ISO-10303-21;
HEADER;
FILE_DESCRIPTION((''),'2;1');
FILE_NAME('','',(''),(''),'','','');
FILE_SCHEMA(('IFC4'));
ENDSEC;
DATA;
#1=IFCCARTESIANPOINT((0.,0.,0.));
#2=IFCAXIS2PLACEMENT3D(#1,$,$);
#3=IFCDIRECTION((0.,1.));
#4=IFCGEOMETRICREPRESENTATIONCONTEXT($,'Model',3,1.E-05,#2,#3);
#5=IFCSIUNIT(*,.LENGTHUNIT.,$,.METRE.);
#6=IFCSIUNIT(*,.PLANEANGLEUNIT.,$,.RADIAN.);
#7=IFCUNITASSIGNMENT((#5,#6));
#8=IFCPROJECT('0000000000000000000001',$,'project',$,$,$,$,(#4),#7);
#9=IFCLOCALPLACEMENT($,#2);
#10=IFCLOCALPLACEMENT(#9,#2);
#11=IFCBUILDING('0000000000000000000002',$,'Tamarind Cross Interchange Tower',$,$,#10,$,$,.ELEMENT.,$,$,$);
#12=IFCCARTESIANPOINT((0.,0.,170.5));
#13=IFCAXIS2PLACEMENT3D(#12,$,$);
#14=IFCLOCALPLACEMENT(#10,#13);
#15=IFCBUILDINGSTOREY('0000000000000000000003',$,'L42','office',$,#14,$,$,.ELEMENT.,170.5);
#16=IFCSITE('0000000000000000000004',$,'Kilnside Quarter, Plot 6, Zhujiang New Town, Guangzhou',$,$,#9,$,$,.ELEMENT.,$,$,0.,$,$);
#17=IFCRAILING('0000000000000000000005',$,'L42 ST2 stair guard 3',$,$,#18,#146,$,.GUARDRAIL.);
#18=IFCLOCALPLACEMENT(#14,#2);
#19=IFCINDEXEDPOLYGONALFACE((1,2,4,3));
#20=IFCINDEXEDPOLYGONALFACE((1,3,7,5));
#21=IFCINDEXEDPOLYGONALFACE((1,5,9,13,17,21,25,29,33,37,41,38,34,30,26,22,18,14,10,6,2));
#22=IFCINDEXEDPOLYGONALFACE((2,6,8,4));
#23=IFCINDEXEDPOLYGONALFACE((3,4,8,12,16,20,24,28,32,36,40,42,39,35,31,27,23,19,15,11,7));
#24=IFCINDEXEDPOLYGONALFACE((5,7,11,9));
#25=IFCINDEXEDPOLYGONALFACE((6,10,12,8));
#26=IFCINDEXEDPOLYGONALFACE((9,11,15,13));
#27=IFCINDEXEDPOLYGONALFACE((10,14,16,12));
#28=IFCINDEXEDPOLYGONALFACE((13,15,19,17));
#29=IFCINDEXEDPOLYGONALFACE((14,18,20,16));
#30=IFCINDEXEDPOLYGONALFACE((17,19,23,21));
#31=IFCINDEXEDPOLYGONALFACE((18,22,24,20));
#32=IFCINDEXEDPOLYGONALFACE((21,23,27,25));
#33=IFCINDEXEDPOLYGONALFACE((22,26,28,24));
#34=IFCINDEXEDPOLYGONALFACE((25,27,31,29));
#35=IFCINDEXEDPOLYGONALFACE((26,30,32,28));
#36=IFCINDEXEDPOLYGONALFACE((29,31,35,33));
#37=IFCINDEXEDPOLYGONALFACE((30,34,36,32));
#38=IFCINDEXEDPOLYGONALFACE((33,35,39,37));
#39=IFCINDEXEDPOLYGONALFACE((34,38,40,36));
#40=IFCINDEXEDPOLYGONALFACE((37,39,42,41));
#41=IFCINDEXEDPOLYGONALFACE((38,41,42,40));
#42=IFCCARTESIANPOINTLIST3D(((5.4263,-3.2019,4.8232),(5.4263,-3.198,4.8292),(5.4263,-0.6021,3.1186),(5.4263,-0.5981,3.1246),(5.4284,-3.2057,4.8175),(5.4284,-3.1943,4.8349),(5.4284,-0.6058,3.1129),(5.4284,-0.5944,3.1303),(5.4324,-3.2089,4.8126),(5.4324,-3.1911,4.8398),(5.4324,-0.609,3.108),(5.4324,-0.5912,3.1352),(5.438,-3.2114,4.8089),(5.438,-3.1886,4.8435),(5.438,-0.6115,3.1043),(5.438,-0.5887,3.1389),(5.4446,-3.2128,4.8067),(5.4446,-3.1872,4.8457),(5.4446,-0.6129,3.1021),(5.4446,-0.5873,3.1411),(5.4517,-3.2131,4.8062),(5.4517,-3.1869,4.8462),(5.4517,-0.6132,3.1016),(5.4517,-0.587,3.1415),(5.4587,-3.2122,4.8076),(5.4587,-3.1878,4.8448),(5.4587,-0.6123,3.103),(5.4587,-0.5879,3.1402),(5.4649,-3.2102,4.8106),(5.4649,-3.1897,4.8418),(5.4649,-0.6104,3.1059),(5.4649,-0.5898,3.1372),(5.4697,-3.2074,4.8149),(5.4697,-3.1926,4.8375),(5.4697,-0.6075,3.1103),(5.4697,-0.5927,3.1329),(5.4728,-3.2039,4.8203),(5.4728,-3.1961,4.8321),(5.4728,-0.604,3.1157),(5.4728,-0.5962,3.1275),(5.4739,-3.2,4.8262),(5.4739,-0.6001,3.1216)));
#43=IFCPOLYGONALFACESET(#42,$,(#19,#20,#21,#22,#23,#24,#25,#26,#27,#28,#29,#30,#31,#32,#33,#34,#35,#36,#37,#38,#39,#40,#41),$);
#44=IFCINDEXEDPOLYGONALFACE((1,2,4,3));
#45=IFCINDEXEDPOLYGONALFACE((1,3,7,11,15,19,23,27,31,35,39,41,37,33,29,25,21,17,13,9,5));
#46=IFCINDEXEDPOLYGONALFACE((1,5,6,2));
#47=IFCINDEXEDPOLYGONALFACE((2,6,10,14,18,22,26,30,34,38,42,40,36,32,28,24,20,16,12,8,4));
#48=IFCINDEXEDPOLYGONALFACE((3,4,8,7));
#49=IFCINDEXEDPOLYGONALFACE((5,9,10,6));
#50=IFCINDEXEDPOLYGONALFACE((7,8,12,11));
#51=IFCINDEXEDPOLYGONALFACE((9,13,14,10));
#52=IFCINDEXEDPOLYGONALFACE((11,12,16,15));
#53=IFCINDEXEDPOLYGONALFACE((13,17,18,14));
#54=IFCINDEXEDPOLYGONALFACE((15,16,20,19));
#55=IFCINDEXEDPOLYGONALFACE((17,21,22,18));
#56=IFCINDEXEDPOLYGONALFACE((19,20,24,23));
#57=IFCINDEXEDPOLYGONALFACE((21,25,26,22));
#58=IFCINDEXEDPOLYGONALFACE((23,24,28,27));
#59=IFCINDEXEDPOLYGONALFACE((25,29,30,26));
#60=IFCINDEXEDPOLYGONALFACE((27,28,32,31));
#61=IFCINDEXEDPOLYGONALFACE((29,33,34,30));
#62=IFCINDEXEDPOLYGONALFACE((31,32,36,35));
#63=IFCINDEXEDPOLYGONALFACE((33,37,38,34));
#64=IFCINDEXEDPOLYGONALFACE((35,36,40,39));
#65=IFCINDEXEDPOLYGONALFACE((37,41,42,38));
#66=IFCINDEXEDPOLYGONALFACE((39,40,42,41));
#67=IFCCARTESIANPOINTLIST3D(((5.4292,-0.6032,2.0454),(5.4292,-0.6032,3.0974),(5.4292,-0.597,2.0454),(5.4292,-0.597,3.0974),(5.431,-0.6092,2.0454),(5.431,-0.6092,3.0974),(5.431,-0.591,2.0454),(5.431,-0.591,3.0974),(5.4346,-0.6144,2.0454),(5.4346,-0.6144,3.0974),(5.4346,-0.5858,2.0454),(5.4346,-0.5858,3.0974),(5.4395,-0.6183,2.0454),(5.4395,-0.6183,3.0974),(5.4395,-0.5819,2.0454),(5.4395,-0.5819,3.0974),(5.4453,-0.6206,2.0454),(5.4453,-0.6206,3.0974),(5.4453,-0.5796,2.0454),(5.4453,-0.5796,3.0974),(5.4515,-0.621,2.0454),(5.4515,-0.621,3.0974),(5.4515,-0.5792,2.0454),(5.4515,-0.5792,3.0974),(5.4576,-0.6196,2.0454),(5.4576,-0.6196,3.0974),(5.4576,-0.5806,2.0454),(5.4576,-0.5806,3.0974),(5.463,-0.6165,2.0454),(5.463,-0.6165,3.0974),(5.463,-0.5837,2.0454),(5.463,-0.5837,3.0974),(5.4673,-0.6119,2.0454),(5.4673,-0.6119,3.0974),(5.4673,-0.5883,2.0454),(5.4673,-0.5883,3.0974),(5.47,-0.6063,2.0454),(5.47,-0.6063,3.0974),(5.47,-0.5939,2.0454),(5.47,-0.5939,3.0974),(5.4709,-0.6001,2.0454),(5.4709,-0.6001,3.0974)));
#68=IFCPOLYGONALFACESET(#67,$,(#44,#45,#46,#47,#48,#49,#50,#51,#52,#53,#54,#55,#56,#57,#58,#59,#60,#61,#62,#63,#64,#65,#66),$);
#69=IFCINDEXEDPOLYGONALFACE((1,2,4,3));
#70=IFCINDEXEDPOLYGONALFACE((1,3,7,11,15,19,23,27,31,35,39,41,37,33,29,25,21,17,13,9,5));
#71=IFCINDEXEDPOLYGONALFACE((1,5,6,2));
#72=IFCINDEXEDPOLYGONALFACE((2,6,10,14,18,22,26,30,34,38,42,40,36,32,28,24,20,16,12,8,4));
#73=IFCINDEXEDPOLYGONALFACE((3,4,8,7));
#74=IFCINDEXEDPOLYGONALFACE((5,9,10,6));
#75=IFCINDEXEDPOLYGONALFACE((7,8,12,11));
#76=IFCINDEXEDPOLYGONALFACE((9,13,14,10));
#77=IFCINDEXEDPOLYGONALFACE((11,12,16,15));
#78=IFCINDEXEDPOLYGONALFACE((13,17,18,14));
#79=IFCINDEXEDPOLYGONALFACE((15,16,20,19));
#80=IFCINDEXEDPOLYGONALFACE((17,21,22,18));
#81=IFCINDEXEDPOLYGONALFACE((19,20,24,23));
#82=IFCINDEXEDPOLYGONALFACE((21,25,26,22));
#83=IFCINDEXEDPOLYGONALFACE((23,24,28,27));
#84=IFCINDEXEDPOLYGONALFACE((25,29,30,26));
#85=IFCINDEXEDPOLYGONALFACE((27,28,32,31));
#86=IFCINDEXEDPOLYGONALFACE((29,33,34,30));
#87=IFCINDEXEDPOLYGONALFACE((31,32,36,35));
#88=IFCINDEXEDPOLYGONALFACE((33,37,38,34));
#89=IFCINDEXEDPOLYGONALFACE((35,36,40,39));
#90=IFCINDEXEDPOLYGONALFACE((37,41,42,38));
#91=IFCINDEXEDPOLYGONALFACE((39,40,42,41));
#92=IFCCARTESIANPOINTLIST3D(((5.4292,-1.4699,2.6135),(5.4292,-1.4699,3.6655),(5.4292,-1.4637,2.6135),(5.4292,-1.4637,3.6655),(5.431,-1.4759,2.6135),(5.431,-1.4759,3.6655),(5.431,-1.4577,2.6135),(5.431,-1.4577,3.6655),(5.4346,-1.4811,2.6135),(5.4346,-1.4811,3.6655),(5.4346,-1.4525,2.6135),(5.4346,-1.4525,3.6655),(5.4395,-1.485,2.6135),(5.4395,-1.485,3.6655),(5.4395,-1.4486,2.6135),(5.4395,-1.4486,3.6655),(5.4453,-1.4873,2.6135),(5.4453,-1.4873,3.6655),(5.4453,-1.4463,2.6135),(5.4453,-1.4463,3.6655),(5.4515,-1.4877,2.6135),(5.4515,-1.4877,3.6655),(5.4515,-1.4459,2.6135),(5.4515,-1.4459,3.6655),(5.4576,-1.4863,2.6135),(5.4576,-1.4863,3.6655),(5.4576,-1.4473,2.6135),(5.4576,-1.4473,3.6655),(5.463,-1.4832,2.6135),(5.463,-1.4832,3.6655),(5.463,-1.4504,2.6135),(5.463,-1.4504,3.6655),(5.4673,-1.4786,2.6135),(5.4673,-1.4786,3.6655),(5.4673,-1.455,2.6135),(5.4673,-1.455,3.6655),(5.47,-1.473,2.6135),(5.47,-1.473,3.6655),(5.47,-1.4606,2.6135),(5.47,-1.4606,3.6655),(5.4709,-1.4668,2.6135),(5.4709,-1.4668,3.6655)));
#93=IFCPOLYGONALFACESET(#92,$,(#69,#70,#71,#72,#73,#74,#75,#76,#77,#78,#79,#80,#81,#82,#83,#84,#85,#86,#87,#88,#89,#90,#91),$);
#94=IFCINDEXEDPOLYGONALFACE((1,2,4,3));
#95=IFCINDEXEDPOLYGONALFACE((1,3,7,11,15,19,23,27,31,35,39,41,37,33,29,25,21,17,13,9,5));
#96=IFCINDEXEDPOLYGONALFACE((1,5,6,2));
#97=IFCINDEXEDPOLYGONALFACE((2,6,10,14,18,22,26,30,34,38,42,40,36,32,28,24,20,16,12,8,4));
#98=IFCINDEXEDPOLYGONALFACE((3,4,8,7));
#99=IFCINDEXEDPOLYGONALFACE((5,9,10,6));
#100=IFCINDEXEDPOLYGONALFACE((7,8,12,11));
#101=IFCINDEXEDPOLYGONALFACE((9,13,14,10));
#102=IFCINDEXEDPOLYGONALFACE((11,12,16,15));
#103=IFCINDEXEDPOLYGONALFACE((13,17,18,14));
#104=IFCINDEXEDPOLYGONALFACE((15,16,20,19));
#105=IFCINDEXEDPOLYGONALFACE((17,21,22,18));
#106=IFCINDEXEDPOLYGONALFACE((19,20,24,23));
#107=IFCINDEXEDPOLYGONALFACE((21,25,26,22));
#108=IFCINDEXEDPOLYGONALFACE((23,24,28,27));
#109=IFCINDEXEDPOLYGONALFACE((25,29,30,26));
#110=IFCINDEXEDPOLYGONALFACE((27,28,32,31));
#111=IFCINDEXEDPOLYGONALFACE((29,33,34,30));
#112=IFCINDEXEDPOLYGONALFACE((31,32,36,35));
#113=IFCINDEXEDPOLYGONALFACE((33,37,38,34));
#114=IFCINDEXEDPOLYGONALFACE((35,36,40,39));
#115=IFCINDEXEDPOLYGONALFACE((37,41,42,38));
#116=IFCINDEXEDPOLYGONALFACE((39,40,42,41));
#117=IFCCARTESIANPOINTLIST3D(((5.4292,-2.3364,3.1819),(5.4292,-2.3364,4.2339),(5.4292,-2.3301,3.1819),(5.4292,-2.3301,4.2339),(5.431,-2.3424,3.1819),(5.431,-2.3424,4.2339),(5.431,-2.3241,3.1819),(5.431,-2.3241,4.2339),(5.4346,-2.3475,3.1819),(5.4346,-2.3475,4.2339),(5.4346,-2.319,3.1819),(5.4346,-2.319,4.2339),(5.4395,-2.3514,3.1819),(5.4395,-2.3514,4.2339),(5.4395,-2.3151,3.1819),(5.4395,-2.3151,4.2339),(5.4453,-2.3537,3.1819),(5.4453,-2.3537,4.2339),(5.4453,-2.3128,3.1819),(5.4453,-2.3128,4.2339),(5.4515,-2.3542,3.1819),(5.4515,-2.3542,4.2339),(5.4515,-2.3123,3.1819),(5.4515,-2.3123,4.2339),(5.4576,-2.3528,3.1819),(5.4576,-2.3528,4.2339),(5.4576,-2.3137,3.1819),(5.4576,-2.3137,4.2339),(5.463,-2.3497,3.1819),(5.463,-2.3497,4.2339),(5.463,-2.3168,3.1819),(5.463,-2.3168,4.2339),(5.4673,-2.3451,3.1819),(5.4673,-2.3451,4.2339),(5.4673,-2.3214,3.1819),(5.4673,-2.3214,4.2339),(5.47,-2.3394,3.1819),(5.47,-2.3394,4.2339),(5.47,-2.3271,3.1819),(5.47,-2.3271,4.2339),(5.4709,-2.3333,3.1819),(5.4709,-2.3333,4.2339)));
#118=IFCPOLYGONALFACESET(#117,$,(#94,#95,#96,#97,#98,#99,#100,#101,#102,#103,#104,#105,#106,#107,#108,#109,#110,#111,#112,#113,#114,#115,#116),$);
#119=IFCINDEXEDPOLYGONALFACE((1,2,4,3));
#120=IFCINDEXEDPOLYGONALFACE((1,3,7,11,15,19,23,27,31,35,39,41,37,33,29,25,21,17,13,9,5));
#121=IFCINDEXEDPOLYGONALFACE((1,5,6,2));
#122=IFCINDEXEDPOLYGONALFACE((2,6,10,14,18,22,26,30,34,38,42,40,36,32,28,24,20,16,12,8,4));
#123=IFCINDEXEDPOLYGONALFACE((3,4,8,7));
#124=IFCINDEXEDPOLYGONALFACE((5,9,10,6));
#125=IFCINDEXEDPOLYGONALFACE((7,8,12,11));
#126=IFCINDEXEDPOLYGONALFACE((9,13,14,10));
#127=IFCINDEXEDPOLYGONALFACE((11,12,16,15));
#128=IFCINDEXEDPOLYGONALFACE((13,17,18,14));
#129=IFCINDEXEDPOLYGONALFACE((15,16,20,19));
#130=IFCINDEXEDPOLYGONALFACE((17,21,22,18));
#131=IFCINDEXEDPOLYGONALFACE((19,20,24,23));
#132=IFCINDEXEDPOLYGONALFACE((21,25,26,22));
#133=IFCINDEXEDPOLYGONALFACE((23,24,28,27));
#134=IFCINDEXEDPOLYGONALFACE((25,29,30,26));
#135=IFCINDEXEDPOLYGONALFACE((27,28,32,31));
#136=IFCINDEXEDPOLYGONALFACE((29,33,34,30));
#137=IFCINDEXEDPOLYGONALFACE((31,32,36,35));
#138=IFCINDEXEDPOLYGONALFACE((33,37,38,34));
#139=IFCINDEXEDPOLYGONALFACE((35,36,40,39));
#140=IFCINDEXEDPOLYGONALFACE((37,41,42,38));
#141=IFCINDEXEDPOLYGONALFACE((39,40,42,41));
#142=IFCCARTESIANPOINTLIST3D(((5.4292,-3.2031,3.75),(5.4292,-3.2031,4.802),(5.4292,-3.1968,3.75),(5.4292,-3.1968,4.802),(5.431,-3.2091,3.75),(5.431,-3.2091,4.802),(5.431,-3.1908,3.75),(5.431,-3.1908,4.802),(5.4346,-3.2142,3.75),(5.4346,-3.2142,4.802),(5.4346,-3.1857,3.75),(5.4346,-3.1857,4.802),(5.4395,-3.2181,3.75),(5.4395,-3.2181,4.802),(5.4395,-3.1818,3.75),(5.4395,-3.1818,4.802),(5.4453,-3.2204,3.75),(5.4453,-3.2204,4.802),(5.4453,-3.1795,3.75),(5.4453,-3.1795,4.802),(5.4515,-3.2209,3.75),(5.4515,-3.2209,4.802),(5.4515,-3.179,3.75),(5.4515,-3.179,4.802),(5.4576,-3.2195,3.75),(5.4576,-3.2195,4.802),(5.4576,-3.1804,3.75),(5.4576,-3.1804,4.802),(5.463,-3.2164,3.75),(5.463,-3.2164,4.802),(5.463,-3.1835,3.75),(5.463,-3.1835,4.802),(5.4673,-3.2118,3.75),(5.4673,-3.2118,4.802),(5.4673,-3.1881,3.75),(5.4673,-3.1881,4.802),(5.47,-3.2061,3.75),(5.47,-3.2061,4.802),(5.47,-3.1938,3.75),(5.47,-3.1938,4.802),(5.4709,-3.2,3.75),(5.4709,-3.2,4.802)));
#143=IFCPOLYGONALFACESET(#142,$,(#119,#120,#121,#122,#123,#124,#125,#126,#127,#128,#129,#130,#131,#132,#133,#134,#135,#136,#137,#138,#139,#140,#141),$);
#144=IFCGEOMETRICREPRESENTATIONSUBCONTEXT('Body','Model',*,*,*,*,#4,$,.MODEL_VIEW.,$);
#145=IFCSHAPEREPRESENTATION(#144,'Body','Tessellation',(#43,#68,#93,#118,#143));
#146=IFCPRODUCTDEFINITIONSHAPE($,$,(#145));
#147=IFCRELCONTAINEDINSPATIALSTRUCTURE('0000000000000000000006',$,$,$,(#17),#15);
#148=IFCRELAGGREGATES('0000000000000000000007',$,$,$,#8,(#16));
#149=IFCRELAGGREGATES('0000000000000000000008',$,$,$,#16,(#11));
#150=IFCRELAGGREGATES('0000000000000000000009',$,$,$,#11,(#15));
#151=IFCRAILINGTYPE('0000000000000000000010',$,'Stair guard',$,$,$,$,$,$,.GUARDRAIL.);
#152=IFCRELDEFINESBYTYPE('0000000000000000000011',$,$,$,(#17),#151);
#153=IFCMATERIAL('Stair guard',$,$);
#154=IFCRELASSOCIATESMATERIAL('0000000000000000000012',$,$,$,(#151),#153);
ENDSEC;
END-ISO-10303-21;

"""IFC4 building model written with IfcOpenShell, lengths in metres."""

from ifc_helpers import new_model, si_unit, direction, frame, origin, origin_2d, place, context, subcontext, project, spatial, circle, extrude, material, type_object, element, save


model = new_model("IFC4")

# Units and contexts
model_context = context("Model", 3, precision=1e-05, world=origin(), true_north=direction((0.0, 1.0)))
body_context = subcontext(model_context, "Body", "Model", "MODEL_VIEW")
ifc_project = project(units=[si_unit("LENGTHUNIT", "METRE"), si_unit("PLANEANGLEUNIT", "RADIAN")], contexts=[model_context])

# Site, building, storey
site_placement = place(None, origin())
site = spatial("IfcSite", under=ifc_project, at=site_placement, Name="Kilnside Quarter, Plot 6, Zhujiang New Town, Guangzhou", CompositionType="ELEMENT", RefElevation=0.0)
building_placement = place(site_placement, origin())
building = spatial("IfcBuilding", under=site, at=building_placement, Name="Tamarind Cross Interchange Tower", CompositionType="ELEMENT")
storey_placement = place(building_placement, frame((0.0, 0.0, 170.5)))
storey = spatial("IfcBuildingStorey", under=building, at=storey_placement, Name="L42", Description="office", CompositionType="ELEMENT", Elevation=170.5)

# Railing
ifc_material_1 = material(Name="Stair guard")
railing_type_1 = type_object("IfcRailingType", Name="Stair guard", PredefinedType="GUARDRAIL", material=ifc_material_1)
railing_1_placement = place(storey_placement, frame((5.45, -0.6001, 2.0454)))
element("IfcRailing", 1, at=railing_1_placement, inside=storey, type_object=railing_type_1, Name="L42 ST2 stair guard 3", PredefinedType="GUARDRAIL", context=body_context, shape_type="SweptSolid", body=[
    extrude(circle(Radius=0.0239, at=origin_2d()), frame((0.0, 0.0, 1.0762), z_axis=(0.0, -0.836279, 0.548305), x_axis=(1.0, 0.0, 0.0)), (0.0, 0.0, 1.0), 3.1089),
    extrude(circle(Radius=0.021, at=origin_2d()), origin(), (0.0, 0.0, 1.0), 1.052),
    extrude(circle(Radius=0.021, at=origin_2d()), frame((0.0, -0.8667, 0.5681)), (0.0, 0.0, 1.0), 1.052),
    extrude(circle(Radius=0.021, at=origin_2d()), frame((0.0, -1.7332, 1.1365)), (0.0, 0.0, 1.0), 1.052),
    extrude(circle(Radius=0.021, at=origin_2d()), frame((0.0, -2.5999, 1.7046)), (0.0, 0.0, 1.0), 1.052),
])

save(model, "model.ifc")
